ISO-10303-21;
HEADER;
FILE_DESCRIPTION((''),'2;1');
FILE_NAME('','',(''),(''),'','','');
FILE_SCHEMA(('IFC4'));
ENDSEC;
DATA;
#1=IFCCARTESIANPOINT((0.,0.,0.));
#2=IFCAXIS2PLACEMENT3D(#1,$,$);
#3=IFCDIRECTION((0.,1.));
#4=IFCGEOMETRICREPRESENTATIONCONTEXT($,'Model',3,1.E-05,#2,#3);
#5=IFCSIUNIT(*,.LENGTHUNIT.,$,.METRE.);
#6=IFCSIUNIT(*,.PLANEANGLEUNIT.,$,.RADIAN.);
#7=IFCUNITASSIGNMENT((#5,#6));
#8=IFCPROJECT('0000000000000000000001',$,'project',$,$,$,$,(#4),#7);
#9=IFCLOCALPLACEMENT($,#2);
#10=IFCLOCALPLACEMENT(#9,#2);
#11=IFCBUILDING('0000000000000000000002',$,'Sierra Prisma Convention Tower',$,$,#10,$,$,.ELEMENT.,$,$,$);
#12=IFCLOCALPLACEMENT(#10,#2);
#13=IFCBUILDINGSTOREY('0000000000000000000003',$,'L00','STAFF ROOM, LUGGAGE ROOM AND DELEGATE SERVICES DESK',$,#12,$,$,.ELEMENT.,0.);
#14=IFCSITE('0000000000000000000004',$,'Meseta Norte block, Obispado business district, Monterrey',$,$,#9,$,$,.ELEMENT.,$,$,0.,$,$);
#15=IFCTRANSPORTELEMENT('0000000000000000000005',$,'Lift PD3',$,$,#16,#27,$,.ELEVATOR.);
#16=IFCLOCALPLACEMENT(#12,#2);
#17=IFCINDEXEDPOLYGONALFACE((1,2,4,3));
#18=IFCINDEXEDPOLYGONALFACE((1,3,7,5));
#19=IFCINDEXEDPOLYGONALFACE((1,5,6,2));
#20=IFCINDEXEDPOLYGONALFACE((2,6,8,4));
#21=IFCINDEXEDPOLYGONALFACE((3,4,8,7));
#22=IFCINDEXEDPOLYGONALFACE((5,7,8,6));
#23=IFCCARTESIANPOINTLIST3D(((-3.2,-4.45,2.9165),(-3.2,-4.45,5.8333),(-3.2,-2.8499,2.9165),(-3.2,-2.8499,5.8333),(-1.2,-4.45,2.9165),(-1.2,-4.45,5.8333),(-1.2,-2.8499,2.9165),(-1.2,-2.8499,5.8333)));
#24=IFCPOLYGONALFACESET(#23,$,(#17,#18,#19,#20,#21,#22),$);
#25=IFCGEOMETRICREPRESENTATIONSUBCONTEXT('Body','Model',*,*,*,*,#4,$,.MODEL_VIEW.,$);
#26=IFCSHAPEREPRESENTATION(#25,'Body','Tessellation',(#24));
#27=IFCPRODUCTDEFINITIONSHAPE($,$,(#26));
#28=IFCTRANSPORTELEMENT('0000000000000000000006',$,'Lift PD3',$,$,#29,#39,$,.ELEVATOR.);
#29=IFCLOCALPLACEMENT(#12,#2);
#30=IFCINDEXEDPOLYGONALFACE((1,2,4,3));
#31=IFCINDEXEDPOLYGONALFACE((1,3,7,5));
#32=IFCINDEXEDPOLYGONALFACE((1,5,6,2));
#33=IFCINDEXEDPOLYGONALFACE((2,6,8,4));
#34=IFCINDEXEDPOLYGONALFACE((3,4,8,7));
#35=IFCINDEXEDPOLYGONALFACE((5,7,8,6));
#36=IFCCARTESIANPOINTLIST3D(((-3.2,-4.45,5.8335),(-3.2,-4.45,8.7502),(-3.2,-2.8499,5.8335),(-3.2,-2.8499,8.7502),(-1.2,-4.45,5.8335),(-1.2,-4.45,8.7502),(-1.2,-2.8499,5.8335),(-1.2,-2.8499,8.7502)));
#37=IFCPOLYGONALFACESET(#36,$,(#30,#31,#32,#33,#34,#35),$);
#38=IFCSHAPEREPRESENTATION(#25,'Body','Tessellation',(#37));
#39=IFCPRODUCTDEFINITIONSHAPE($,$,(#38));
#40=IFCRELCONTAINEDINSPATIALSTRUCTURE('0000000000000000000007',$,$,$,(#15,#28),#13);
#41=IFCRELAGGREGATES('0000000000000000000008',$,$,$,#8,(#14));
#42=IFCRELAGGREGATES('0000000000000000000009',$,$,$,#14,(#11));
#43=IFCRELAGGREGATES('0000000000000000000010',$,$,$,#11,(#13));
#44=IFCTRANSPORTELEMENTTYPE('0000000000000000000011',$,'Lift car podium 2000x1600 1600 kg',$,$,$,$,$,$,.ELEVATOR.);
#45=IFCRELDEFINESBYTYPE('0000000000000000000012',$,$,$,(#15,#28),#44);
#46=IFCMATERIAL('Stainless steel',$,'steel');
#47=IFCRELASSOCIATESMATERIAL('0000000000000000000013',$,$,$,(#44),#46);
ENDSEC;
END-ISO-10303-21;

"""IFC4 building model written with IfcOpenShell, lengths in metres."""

from ifc_helpers import new_model, si_unit, direction, frame, origin, origin_2d, place, context, subcontext, project, spatial, rectangle, extrude, material, type_object, element, save


model = new_model("IFC4")

# Units and contexts
model_context = context("Model", 3, precision=1e-05, world=origin(), true_north=direction((0.0, 1.0)))
body_context = subcontext(model_context, "Body", "Model", "MODEL_VIEW")
ifc_project = project(units=[si_unit("LENGTHUNIT", "METRE"), si_unit("PLANEANGLEUNIT", "RADIAN")], contexts=[model_context])

# Site, building, storey
site_placement = place(None, origin())
site = spatial("IfcSite", under=ifc_project, at=site_placement, Name="Meseta Norte block, Obispado business district, Monterrey", CompositionType="ELEMENT", RefElevation=0.0)
building_placement = place(site_placement, origin())
building = spatial("IfcBuilding", under=site, at=building_placement, Name="Sierra Prisma Convention Tower", CompositionType="ELEMENT")
storey_placement = place(building_placement, origin())
storey = spatial("IfcBuildingStorey", under=building, at=storey_placement, Name="L00", Description="STAFF ROOM, LUGGAGE ROOM AND DELEGATE SERVICES DESK", CompositionType="ELEMENT", Elevation=0.0)

# Transport elements
ifc_material_1 = material(Name="Stainless steel", Category="steel")
transport_element_type = type_object("IfcTransportElementType", Name="Lift car podium 2000x1600 1600 kg", PredefinedType="ELEVATOR", material=ifc_material_1)
for number, where, z_axis, x_axis, name in (
    (1, (-2.2, -3.6499, 2.9165), (0.0, 0.0, 1.0), (1.0, 0.0, 0.0), "Lift PD3"),
    (2, (-2.2, -3.6499, 5.8335), (0.0, 0.0, 1.0), (1.0, 0.0, 0.0), "Lift PD3"),
):
    element("IfcTransportElement", number, at=place(storey_placement, frame(where, z_axis=z_axis, x_axis=x_axis)), inside=storey, type_object=transport_element_type, Name=name, PredefinedType="ELEVATOR", context=body_context, shape_type="SweptSolid", body=[
        extrude(rectangle(XDim=2.0, YDim=1.6001, at=origin_2d()), origin(), (0.0, 0.0, 1.0), 2.9167),
    ])

save(model, "model.ifc")
